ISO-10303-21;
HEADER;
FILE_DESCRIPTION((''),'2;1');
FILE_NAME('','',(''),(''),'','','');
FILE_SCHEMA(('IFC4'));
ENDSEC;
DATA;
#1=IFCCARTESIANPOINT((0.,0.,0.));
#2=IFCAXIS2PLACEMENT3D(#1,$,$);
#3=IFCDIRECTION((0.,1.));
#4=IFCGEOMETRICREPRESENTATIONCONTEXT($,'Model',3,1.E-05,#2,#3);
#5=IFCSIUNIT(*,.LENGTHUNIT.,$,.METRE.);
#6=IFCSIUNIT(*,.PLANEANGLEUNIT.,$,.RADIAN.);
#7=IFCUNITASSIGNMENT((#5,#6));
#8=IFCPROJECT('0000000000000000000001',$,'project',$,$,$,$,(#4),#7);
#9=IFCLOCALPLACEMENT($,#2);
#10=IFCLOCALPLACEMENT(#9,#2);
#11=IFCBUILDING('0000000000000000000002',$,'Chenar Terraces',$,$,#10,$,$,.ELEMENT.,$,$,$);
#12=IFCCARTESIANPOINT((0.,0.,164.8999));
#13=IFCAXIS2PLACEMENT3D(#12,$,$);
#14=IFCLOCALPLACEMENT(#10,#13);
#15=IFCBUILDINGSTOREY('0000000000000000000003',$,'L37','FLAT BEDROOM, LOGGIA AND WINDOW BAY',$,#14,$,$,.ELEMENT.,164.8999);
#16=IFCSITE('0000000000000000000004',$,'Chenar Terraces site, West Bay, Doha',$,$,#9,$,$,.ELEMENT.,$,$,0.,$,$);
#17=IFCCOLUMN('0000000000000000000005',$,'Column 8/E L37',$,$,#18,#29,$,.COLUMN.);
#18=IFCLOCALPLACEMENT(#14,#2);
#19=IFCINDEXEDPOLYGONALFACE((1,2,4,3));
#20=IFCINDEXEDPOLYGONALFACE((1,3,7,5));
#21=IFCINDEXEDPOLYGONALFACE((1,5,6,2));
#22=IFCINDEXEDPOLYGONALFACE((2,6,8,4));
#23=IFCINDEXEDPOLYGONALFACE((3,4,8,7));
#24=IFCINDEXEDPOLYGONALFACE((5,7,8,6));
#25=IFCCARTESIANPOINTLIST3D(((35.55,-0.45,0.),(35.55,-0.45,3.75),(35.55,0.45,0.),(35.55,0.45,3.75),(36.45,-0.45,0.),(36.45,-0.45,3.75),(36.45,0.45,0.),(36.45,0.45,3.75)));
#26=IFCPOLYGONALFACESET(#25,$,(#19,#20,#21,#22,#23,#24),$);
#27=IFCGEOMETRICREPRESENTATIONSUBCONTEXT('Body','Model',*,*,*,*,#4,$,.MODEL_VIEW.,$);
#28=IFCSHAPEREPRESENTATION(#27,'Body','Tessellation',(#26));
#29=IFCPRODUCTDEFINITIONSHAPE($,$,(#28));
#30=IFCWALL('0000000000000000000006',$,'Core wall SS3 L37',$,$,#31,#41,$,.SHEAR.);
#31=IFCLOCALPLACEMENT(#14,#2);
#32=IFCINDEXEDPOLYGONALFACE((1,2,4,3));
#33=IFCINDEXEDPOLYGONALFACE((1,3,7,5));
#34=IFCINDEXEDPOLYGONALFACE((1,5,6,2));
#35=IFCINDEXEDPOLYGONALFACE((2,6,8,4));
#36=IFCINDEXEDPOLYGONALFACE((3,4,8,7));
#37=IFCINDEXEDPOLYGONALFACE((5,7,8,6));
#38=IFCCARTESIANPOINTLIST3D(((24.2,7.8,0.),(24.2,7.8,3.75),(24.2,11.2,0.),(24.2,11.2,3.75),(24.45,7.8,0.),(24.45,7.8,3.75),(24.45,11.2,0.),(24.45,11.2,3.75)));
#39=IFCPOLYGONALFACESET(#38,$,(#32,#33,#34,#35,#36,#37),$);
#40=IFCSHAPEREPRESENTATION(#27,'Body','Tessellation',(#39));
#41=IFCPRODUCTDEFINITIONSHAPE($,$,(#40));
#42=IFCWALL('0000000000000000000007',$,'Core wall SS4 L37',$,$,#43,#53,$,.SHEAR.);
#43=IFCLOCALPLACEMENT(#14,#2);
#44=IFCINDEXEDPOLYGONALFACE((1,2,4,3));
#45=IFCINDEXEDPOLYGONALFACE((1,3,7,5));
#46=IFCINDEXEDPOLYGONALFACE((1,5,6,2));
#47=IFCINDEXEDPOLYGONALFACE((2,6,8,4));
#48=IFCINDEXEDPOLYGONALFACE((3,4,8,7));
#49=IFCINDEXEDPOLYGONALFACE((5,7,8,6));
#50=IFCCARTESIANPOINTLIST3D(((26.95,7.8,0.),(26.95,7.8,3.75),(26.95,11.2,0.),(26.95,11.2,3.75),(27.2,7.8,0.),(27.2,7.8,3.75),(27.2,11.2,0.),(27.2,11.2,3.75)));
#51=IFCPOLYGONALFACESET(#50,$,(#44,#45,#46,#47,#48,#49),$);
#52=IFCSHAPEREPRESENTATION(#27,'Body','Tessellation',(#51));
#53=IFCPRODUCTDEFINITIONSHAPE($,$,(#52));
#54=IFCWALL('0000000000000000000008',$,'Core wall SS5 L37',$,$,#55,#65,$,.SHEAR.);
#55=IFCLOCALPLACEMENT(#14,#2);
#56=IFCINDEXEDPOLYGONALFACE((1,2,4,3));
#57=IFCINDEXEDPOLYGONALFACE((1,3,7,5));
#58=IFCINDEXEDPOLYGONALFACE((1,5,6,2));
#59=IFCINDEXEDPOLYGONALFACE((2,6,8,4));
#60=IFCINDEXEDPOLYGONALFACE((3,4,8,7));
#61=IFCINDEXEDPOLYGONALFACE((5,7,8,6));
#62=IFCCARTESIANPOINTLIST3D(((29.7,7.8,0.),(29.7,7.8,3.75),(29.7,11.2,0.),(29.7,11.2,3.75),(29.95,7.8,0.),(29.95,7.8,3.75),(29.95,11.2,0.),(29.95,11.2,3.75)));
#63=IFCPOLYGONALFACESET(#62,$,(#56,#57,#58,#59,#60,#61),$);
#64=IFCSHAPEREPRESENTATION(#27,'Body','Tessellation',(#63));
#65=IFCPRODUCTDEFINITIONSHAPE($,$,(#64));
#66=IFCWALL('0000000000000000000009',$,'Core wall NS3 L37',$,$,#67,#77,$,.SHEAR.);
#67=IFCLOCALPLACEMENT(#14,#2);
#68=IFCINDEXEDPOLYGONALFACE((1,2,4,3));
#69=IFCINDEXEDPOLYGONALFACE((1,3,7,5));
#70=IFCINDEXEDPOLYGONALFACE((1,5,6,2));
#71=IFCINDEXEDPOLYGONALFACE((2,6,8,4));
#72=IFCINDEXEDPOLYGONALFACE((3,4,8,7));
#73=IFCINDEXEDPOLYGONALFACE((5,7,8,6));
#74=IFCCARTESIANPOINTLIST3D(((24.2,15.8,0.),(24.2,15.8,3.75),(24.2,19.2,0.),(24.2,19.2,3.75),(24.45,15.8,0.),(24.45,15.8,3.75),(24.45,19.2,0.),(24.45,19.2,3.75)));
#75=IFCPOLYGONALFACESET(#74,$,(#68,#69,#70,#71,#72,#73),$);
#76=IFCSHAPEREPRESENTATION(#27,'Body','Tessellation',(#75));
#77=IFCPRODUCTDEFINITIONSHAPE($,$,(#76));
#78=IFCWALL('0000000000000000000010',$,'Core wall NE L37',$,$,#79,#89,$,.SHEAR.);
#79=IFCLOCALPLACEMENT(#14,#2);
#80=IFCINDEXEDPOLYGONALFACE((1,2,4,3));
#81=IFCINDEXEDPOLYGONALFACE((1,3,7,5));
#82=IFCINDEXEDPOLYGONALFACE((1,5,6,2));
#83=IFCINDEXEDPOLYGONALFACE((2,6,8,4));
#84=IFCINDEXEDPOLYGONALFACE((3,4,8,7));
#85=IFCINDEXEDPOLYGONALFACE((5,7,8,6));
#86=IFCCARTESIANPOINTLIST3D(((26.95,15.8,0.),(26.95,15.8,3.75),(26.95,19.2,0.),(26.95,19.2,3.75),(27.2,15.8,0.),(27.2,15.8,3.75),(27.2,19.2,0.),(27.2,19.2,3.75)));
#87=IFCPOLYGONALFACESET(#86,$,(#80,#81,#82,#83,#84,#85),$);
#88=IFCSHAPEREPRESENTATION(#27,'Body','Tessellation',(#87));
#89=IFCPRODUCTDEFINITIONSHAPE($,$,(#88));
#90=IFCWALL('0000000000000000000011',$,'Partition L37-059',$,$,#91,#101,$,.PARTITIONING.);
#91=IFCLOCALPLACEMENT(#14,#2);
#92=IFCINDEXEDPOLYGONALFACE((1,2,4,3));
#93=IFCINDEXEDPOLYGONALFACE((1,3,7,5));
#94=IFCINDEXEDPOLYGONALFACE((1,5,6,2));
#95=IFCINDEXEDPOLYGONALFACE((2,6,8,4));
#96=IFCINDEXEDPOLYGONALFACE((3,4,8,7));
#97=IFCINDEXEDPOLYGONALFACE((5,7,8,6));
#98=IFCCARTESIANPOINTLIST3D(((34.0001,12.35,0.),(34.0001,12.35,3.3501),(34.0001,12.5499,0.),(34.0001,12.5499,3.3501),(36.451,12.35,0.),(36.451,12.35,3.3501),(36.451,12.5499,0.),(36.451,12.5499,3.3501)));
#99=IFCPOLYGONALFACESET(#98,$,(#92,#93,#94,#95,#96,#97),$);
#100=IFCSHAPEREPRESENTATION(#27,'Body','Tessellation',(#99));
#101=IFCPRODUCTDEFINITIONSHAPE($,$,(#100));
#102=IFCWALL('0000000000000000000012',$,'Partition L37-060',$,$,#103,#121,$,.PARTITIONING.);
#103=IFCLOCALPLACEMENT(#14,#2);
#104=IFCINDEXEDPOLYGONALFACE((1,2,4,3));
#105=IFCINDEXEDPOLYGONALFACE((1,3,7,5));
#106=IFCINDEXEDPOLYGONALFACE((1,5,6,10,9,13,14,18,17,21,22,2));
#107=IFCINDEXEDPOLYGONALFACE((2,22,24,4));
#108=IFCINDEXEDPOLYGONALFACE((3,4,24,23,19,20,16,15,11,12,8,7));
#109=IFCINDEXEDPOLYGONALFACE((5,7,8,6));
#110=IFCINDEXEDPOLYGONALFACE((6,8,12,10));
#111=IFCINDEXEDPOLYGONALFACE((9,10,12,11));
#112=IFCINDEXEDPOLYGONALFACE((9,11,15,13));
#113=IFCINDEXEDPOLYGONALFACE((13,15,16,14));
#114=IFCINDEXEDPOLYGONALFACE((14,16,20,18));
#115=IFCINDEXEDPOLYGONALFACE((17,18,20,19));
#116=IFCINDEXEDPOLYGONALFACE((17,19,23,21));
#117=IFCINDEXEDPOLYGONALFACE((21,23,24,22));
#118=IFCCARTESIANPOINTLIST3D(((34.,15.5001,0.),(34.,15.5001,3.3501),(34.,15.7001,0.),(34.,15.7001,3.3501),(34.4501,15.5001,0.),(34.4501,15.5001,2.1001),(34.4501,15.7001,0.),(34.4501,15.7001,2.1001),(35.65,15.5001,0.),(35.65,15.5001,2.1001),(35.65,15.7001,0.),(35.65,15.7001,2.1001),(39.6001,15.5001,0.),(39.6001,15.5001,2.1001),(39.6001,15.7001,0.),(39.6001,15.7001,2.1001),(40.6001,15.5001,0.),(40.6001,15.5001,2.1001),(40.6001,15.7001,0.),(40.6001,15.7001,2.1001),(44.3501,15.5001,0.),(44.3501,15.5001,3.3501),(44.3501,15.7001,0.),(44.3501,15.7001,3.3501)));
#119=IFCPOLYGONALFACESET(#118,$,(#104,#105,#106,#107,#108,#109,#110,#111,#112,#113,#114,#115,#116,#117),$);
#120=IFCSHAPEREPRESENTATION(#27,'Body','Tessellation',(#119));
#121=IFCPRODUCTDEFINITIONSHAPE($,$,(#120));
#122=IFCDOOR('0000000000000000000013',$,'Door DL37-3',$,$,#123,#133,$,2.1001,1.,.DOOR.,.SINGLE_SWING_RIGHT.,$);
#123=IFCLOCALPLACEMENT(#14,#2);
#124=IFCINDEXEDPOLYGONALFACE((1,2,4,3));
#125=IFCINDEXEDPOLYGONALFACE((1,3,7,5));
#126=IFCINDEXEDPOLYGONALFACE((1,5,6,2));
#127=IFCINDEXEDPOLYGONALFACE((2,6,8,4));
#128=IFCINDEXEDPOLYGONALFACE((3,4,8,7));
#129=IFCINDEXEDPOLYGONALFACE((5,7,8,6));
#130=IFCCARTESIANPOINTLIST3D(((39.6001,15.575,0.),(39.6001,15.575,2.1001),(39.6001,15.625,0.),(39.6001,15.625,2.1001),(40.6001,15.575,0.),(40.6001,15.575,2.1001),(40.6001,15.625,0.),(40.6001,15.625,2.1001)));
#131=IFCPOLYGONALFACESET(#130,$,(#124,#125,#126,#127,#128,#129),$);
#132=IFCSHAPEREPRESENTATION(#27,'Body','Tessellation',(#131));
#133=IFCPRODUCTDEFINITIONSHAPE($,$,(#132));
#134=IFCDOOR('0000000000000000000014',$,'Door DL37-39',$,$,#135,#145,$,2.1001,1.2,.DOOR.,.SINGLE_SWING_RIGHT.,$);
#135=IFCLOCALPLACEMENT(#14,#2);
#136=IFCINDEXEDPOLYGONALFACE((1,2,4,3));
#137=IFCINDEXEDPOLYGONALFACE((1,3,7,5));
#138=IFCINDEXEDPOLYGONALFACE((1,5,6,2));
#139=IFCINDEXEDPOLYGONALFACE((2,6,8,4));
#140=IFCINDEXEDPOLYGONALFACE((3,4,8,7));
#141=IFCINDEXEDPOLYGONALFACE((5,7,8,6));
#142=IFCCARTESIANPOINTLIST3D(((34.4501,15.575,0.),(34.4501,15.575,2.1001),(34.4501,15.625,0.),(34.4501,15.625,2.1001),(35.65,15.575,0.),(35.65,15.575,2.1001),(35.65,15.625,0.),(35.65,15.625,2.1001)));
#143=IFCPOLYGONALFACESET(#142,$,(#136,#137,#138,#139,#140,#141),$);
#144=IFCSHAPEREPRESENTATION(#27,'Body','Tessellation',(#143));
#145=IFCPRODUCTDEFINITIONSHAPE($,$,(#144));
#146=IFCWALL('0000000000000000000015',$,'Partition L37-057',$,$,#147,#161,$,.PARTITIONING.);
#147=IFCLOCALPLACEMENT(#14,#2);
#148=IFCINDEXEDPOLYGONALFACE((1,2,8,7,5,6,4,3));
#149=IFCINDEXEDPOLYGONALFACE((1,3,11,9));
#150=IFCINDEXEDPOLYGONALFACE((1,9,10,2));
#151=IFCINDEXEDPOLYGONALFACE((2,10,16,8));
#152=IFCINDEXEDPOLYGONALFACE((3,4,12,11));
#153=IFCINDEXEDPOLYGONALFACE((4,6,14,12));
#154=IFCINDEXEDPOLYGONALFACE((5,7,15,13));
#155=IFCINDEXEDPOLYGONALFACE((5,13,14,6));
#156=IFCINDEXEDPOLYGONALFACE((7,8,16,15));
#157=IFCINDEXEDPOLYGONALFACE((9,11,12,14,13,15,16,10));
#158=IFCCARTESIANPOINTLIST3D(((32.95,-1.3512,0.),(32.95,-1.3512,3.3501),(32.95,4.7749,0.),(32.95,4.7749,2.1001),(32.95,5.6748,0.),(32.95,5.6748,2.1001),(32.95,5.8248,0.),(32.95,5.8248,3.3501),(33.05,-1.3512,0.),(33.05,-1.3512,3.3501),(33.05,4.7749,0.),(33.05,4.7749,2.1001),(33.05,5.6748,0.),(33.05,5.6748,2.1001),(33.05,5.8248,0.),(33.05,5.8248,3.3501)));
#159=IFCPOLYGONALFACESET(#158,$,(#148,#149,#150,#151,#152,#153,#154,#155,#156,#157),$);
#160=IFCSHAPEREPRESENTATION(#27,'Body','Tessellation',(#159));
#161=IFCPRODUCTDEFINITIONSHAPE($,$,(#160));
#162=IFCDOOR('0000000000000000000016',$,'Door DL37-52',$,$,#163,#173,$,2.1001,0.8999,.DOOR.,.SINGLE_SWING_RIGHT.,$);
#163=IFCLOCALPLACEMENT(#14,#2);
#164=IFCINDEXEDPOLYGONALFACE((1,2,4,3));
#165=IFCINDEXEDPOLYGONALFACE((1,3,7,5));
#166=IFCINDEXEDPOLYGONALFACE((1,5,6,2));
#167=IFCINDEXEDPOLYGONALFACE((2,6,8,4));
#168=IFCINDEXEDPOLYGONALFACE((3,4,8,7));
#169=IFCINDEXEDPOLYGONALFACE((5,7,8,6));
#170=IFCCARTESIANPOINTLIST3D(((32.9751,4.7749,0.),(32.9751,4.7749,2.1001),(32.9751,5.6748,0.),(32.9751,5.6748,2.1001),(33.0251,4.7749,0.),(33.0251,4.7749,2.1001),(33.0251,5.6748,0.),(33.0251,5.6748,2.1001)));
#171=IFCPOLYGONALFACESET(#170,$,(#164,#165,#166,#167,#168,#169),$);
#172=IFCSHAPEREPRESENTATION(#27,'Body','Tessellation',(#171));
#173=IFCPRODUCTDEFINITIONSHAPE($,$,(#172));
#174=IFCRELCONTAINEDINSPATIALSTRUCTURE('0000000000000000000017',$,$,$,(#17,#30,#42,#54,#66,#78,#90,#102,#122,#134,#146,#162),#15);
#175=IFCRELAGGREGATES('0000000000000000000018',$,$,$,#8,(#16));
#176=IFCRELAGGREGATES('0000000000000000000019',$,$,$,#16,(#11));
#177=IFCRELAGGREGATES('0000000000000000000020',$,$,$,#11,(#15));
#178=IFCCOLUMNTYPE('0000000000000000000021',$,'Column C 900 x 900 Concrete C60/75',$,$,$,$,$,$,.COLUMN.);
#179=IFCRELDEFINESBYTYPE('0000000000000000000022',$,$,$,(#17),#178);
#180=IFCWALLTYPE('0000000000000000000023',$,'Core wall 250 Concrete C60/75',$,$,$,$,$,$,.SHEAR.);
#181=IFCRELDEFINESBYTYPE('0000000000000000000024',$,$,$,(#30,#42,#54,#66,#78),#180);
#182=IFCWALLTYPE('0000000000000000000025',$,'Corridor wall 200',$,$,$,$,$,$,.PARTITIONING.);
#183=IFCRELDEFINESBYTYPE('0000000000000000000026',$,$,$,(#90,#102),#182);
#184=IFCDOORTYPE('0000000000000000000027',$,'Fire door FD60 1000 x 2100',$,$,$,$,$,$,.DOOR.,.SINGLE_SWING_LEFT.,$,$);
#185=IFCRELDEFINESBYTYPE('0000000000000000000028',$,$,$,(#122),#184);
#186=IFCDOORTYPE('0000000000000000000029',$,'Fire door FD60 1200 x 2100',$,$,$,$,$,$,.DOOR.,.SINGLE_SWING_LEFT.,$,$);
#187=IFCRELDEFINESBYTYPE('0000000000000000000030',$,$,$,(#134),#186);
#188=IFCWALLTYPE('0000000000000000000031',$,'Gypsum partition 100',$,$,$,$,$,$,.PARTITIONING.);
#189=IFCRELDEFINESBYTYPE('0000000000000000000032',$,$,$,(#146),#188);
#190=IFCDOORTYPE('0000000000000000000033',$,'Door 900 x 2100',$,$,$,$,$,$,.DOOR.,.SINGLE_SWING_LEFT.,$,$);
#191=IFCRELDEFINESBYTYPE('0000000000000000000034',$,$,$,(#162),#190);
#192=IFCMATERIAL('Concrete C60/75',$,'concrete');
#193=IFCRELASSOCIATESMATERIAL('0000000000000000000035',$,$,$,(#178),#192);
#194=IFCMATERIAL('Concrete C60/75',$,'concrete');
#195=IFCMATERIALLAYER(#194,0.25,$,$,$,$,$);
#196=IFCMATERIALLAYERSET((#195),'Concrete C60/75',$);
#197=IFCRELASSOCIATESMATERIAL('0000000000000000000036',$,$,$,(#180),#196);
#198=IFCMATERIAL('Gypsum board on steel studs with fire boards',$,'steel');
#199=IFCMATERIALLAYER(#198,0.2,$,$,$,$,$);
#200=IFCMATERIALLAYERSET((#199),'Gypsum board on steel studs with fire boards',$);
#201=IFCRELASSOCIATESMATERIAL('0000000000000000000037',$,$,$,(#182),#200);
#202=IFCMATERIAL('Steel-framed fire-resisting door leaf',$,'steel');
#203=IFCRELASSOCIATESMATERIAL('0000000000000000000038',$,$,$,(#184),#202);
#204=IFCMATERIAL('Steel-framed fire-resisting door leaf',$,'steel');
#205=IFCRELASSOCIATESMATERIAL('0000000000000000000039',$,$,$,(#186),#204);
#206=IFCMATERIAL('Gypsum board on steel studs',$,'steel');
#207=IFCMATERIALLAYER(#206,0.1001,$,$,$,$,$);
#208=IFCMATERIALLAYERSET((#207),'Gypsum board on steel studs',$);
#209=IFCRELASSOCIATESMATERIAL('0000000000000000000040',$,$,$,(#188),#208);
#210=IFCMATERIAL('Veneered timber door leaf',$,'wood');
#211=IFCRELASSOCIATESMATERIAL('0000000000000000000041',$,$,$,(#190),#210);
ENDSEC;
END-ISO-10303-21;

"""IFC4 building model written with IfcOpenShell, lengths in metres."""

from ifc_helpers import new_model, si_unit, direction, frame, frame_2d, origin, origin_2d, place, context, subcontext, project, spatial, rectangle, extrude, material, layer, layer_set, material_profile, profile_set, type_object, element, fill, save


model = new_model("IFC4")

# Units and contexts
model_context = context("Model", 3, precision=1e-05, world=origin(), true_north=direction((0.0, 1.0)))
body_context = subcontext(model_context, "Body", "Model", "MODEL_VIEW")
ifc_project = project(units=[si_unit("LENGTHUNIT", "METRE"), si_unit("PLANEANGLEUNIT", "RADIAN")], contexts=[model_context])

# Site, building, storey
site_placement = place(None, origin())
site = spatial("IfcSite", under=ifc_project, at=site_placement, Name="Chenar Terraces site, West Bay, Doha", CompositionType="ELEMENT", RefElevation=0.0)
building_placement = place(site_placement, origin())
building = spatial("IfcBuilding", under=site, at=building_placement, Name="Chenar Terraces", CompositionType="ELEMENT")
storey_placement = place(building_placement, frame((0.0, 0.0, 164.8999)))
storey = spatial("IfcBuildingStorey", under=building, at=storey_placement, Name="L37", Description="FLAT BEDROOM, LOGGIA AND WINDOW BAY", CompositionType="ELEMENT", Elevation=164.8999)

# Column
ifc_material_1 = material(Name="Concrete C60/75", Category="concrete")
ifc_material_profile_1 = material_profile(ifc_material_1, rectangle(XDim=0.8999, YDim=0.8999, at=origin_2d()), Name="C 900 x 900")
ifc_profile_set_1 = profile_set([ifc_material_profile_1], Name="Concrete C60/75")
column_type = type_object("IfcColumnType", Name="Column C 900 x 900 Concrete C60/75", PredefinedType="COLUMN", material=ifc_profile_set_1)
column_placement = place(storey_placement, frame((36.0, 0.0, 0.0), z_axis=(0.0, 0.0, 1.0), x_axis=(1.0, 0.0, 0.0)))
element("IfcColumn", 1, at=column_placement, inside=storey, type_object=column_type, Name="Column 8/E L37", PredefinedType="COLUMN", context=body_context, shape_type="SweptSolid", body=[
    extrude(rectangle(XDim=0.8999, YDim=0.8999, at=origin_2d()), origin(), (0.0, 0.0, 1.0), 3.75),
])

# Walls
ifc_material_2 = material(Name="Concrete C60/75", Category="concrete")
ifc_layer_1 = layer(ifc_material_2, 0.25)
ifc_layer_set_1 = layer_set([ifc_layer_1], Name="Concrete C60/75")
wall_type_1 = type_object("IfcWallType", Name="Core wall 250 Concrete C60/75", PredefinedType="SHEAR", material=ifc_layer_set_1)
for number, where, z_axis, x_axis, name in (
    (2, (24.325, 7.8, 0.0), (0.0, 0.0, 1.0), (0.0, 1.0, 0.0), "Core wall SS3 L37"),
    (3, (27.075, 7.8, 0.0), (0.0, 0.0, 1.0), (0.0, 1.0, 0.0), "Core wall SS4 L37"),
    (4, (29.825, 7.8, 0.0), (0.0, 0.0, 1.0), (0.0, 1.0, 0.0), "Core wall SS5 L37"),
    (5, (24.325, 15.8, 0.0), (0.0, 0.0, 1.0), (0.0, 1.0, 0.0), "Core wall NS3 L37"),
    (6, (27.075, 15.8, 0.0), (0.0, 0.0, 1.0), (0.0, 1.0, 0.0), "Core wall NE L37"),
):
    element("IfcWall", number, at=place(storey_placement, frame(where, z_axis=z_axis, x_axis=x_axis)), inside=storey, type_object=wall_type_1, Name=name, PredefinedType="SHEAR", context=body_context, shape_type="SweptSolid", body=[
        extrude(rectangle(XDim=3.3999, YDim=0.25, at=frame_2d((1.7, 0.0))), origin(), (0.0, 0.0, 1.0), 3.75),
    ])

# Wall
ifc_material_3 = material(Name="Gypsum board on steel studs with fire boards", Category="steel")
ifc_layer_2 = layer(ifc_material_3, 0.2)
ifc_layer_set_2 = layer_set([ifc_layer_2], Name="Gypsum board on steel studs with fire boards")
wall_type_2 = type_object("IfcWallType", Name="Corridor wall 200", PredefinedType="PARTITIONING", material=ifc_layer_set_2)
wall_1_placement = place(storey_placement, frame((34.0, 12.45, 0.0), z_axis=(0.0, 0.0, 1.0), x_axis=(1.0, 0.0, 0.0)))
element("IfcWall", 7, at=wall_1_placement, inside=storey, type_object=wall_type_2, Name="Partition L37-059", PredefinedType="PARTITIONING", context=body_context, shape_type="SweptSolid", body=[
    extrude(rectangle(XDim=2.4509, YDim=0.2, at=frame_2d((1.2256, 0.0))), origin(), (0.0, 0.0, 1.0), 3.3501),
])

# Wall, openings, doors
wall_2_placement = place(storey_placement, frame((34.0, 15.6001, 0.0), z_axis=(0.0, 0.0, 1.0), x_axis=(1.0, 0.0, 0.0)))
wall_2 = element("IfcWall", 8, at=wall_2_placement, inside=storey, type_object=wall_type_2, Name="Partition L37-060", PredefinedType="PARTITIONING", context=body_context, shape_type="SweptSolid", body=[
    extrude(rectangle(XDim=10.3501, YDim=0.2, at=frame_2d((5.175, 0.0))), origin(), (0.0, 0.0, 1.0), 3.3501),
])
opening_1_placement = place(wall_2_placement, frame((5.6001, 0.0, 0.0)))
opening_1 = element("IfcOpeningElement", 9, at=opening_1_placement, cuts=wall_2, PredefinedType="OPENING", context=body_context, shape_type="SweptSolid", body=[
    extrude(rectangle(XDim=1.0, YDim=2.1001, at=frame_2d((0.5, 1.05))), frame((0.0, 0.1099, 0.0), z_axis=(0.0, -1.0, 0.0), x_axis=(1.0, 0.0, 0.0)), (0.0, 0.0, 1.0), 0.22),
])
opening_2_placement = place(wall_2_placement, frame((0.45, 0.0, 0.0)))
opening_2 = element("IfcOpeningElement", 10, at=opening_2_placement, cuts=wall_2, PredefinedType="OPENING", context=body_context, shape_type="SweptSolid", body=[
    extrude(rectangle(XDim=1.2, YDim=2.1001, at=frame_2d((0.6001, 1.05))), frame((0.0, 0.1099, 0.0), z_axis=(0.0, -1.0, 0.0), x_axis=(1.0, 0.0, 0.0)), (0.0, 0.0, 1.0), 0.22),
])
ifc_material_4 = material(Name="Steel-framed fire-resisting door leaf", Category="steel")
door_type_1 = type_object("IfcDoorType", Name="Fire door FD60 1000 x 2100", OperationType="SINGLE_SWING_LEFT", PredefinedType="DOOR", material=ifc_material_4)
door_1_placement = place(opening_1_placement, origin())
door_1 = element("IfcDoor", 11, at=door_1_placement, inside=storey, type_object=door_type_1, Name="Door DL37-3", OperationType="SINGLE_SWING_RIGHT", OverallHeight=2.1001, OverallWidth=1.0, PredefinedType="DOOR", context=body_context, shape_type="SweptSolid", body=[
    extrude(rectangle(XDim=1.0, YDim=2.1001, at=frame_2d((0.5, 1.05))), frame((0.0, 0.0249, 0.0), z_axis=(0.0, -1.0, 0.0), x_axis=(1.0, 0.0, 0.0)), (0.0, 0.0, 1.0), 0.05),
])
fill(opening_1, door_1)
ifc_material_5 = material(Name="Steel-framed fire-resisting door leaf", Category="steel")
door_type_2 = type_object("IfcDoorType", Name="Fire door FD60 1200 x 2100", OperationType="SINGLE_SWING_LEFT", PredefinedType="DOOR", material=ifc_material_5)
door_2_placement = place(opening_2_placement, origin())
door_2 = element("IfcDoor", 12, at=door_2_placement, inside=storey, type_object=door_type_2, Name="Door DL37-39", OperationType="SINGLE_SWING_RIGHT", OverallHeight=2.1001, OverallWidth=1.2, PredefinedType="DOOR", context=body_context, shape_type="SweptSolid", body=[
    extrude(rectangle(XDim=1.2, YDim=2.1001, at=frame_2d((0.6001, 1.05))), frame((0.0, 0.0249, 0.0), z_axis=(0.0, -1.0, 0.0), x_axis=(1.0, 0.0, 0.0)), (0.0, 0.0, 1.0), 0.05),
])
fill(opening_2, door_2)

# Wall, opening, door
ifc_material_6 = material(Name="Gypsum board on steel studs", Category="steel")
ifc_layer_3 = layer(ifc_material_6, 0.1001)
ifc_layer_set_3 = layer_set([ifc_layer_3], Name="Gypsum board on steel studs")
wall_type_3 = type_object("IfcWallType", Name="Gypsum partition 100", PredefinedType="PARTITIONING", material=ifc_layer_set_3)
wall_3_placement = place(storey_placement, frame((33.0, -1.3511, 0.0), z_axis=(0.0, 0.0, 1.0), x_axis=(0.0, 1.0, 0.0)))
wall_3 = element("IfcWall", 13, at=wall_3_placement, inside=storey, type_object=wall_type_3, Name="Partition L37-057", PredefinedType="PARTITIONING", context=body_context, shape_type="SweptSolid", body=[
    extrude(rectangle(XDim=7.176, YDim=0.1001, at=frame_2d((3.5879, 0.0))), origin(), (0.0, 0.0, 1.0), 3.3501),
])
opening_3_placement = place(wall_3_placement, frame((6.126, 0.0, 0.0)))
opening_3 = element("IfcOpeningElement", 14, at=opening_3_placement, cuts=wall_3, PredefinedType="OPENING", context=body_context, shape_type="SweptSolid", body=[
    extrude(rectangle(XDim=0.8999, YDim=2.1001, at=frame_2d((0.45, 1.05))), frame((0.0, 0.0601, 0.0), z_axis=(0.0, -1.0, 0.0), x_axis=(1.0, 0.0, 0.0)), (0.0, 0.0, 1.0), 0.1201),
])
ifc_material_7 = material(Name="Veneered timber door leaf", Category="wood")
door_type_3 = type_object("IfcDoorType", Name="Door 900 x 2100", OperationType="SINGLE_SWING_LEFT", PredefinedType="DOOR", material=ifc_material_7)
door_3_placement = place(opening_3_placement, origin())
door_3 = element("IfcDoor", 15, at=door_3_placement, inside=storey, type_object=door_type_3, Name="Door DL37-52", OperationType="SINGLE_SWING_RIGHT", OverallHeight=2.1001, OverallWidth=0.8999, PredefinedType="DOOR", context=body_context, shape_type="SweptSolid", body=[
    extrude(rectangle(XDim=0.8999, YDim=2.1001, at=frame_2d((0.45, 1.05))), frame((0.0, 0.0249, 0.0), z_axis=(0.0, -1.0, 0.0), x_axis=(1.0, 0.0, 0.0)), (0.0, 0.0, 1.0), 0.05),
])
fill(opening_3, door_3)

save(model, "model.ifc")
